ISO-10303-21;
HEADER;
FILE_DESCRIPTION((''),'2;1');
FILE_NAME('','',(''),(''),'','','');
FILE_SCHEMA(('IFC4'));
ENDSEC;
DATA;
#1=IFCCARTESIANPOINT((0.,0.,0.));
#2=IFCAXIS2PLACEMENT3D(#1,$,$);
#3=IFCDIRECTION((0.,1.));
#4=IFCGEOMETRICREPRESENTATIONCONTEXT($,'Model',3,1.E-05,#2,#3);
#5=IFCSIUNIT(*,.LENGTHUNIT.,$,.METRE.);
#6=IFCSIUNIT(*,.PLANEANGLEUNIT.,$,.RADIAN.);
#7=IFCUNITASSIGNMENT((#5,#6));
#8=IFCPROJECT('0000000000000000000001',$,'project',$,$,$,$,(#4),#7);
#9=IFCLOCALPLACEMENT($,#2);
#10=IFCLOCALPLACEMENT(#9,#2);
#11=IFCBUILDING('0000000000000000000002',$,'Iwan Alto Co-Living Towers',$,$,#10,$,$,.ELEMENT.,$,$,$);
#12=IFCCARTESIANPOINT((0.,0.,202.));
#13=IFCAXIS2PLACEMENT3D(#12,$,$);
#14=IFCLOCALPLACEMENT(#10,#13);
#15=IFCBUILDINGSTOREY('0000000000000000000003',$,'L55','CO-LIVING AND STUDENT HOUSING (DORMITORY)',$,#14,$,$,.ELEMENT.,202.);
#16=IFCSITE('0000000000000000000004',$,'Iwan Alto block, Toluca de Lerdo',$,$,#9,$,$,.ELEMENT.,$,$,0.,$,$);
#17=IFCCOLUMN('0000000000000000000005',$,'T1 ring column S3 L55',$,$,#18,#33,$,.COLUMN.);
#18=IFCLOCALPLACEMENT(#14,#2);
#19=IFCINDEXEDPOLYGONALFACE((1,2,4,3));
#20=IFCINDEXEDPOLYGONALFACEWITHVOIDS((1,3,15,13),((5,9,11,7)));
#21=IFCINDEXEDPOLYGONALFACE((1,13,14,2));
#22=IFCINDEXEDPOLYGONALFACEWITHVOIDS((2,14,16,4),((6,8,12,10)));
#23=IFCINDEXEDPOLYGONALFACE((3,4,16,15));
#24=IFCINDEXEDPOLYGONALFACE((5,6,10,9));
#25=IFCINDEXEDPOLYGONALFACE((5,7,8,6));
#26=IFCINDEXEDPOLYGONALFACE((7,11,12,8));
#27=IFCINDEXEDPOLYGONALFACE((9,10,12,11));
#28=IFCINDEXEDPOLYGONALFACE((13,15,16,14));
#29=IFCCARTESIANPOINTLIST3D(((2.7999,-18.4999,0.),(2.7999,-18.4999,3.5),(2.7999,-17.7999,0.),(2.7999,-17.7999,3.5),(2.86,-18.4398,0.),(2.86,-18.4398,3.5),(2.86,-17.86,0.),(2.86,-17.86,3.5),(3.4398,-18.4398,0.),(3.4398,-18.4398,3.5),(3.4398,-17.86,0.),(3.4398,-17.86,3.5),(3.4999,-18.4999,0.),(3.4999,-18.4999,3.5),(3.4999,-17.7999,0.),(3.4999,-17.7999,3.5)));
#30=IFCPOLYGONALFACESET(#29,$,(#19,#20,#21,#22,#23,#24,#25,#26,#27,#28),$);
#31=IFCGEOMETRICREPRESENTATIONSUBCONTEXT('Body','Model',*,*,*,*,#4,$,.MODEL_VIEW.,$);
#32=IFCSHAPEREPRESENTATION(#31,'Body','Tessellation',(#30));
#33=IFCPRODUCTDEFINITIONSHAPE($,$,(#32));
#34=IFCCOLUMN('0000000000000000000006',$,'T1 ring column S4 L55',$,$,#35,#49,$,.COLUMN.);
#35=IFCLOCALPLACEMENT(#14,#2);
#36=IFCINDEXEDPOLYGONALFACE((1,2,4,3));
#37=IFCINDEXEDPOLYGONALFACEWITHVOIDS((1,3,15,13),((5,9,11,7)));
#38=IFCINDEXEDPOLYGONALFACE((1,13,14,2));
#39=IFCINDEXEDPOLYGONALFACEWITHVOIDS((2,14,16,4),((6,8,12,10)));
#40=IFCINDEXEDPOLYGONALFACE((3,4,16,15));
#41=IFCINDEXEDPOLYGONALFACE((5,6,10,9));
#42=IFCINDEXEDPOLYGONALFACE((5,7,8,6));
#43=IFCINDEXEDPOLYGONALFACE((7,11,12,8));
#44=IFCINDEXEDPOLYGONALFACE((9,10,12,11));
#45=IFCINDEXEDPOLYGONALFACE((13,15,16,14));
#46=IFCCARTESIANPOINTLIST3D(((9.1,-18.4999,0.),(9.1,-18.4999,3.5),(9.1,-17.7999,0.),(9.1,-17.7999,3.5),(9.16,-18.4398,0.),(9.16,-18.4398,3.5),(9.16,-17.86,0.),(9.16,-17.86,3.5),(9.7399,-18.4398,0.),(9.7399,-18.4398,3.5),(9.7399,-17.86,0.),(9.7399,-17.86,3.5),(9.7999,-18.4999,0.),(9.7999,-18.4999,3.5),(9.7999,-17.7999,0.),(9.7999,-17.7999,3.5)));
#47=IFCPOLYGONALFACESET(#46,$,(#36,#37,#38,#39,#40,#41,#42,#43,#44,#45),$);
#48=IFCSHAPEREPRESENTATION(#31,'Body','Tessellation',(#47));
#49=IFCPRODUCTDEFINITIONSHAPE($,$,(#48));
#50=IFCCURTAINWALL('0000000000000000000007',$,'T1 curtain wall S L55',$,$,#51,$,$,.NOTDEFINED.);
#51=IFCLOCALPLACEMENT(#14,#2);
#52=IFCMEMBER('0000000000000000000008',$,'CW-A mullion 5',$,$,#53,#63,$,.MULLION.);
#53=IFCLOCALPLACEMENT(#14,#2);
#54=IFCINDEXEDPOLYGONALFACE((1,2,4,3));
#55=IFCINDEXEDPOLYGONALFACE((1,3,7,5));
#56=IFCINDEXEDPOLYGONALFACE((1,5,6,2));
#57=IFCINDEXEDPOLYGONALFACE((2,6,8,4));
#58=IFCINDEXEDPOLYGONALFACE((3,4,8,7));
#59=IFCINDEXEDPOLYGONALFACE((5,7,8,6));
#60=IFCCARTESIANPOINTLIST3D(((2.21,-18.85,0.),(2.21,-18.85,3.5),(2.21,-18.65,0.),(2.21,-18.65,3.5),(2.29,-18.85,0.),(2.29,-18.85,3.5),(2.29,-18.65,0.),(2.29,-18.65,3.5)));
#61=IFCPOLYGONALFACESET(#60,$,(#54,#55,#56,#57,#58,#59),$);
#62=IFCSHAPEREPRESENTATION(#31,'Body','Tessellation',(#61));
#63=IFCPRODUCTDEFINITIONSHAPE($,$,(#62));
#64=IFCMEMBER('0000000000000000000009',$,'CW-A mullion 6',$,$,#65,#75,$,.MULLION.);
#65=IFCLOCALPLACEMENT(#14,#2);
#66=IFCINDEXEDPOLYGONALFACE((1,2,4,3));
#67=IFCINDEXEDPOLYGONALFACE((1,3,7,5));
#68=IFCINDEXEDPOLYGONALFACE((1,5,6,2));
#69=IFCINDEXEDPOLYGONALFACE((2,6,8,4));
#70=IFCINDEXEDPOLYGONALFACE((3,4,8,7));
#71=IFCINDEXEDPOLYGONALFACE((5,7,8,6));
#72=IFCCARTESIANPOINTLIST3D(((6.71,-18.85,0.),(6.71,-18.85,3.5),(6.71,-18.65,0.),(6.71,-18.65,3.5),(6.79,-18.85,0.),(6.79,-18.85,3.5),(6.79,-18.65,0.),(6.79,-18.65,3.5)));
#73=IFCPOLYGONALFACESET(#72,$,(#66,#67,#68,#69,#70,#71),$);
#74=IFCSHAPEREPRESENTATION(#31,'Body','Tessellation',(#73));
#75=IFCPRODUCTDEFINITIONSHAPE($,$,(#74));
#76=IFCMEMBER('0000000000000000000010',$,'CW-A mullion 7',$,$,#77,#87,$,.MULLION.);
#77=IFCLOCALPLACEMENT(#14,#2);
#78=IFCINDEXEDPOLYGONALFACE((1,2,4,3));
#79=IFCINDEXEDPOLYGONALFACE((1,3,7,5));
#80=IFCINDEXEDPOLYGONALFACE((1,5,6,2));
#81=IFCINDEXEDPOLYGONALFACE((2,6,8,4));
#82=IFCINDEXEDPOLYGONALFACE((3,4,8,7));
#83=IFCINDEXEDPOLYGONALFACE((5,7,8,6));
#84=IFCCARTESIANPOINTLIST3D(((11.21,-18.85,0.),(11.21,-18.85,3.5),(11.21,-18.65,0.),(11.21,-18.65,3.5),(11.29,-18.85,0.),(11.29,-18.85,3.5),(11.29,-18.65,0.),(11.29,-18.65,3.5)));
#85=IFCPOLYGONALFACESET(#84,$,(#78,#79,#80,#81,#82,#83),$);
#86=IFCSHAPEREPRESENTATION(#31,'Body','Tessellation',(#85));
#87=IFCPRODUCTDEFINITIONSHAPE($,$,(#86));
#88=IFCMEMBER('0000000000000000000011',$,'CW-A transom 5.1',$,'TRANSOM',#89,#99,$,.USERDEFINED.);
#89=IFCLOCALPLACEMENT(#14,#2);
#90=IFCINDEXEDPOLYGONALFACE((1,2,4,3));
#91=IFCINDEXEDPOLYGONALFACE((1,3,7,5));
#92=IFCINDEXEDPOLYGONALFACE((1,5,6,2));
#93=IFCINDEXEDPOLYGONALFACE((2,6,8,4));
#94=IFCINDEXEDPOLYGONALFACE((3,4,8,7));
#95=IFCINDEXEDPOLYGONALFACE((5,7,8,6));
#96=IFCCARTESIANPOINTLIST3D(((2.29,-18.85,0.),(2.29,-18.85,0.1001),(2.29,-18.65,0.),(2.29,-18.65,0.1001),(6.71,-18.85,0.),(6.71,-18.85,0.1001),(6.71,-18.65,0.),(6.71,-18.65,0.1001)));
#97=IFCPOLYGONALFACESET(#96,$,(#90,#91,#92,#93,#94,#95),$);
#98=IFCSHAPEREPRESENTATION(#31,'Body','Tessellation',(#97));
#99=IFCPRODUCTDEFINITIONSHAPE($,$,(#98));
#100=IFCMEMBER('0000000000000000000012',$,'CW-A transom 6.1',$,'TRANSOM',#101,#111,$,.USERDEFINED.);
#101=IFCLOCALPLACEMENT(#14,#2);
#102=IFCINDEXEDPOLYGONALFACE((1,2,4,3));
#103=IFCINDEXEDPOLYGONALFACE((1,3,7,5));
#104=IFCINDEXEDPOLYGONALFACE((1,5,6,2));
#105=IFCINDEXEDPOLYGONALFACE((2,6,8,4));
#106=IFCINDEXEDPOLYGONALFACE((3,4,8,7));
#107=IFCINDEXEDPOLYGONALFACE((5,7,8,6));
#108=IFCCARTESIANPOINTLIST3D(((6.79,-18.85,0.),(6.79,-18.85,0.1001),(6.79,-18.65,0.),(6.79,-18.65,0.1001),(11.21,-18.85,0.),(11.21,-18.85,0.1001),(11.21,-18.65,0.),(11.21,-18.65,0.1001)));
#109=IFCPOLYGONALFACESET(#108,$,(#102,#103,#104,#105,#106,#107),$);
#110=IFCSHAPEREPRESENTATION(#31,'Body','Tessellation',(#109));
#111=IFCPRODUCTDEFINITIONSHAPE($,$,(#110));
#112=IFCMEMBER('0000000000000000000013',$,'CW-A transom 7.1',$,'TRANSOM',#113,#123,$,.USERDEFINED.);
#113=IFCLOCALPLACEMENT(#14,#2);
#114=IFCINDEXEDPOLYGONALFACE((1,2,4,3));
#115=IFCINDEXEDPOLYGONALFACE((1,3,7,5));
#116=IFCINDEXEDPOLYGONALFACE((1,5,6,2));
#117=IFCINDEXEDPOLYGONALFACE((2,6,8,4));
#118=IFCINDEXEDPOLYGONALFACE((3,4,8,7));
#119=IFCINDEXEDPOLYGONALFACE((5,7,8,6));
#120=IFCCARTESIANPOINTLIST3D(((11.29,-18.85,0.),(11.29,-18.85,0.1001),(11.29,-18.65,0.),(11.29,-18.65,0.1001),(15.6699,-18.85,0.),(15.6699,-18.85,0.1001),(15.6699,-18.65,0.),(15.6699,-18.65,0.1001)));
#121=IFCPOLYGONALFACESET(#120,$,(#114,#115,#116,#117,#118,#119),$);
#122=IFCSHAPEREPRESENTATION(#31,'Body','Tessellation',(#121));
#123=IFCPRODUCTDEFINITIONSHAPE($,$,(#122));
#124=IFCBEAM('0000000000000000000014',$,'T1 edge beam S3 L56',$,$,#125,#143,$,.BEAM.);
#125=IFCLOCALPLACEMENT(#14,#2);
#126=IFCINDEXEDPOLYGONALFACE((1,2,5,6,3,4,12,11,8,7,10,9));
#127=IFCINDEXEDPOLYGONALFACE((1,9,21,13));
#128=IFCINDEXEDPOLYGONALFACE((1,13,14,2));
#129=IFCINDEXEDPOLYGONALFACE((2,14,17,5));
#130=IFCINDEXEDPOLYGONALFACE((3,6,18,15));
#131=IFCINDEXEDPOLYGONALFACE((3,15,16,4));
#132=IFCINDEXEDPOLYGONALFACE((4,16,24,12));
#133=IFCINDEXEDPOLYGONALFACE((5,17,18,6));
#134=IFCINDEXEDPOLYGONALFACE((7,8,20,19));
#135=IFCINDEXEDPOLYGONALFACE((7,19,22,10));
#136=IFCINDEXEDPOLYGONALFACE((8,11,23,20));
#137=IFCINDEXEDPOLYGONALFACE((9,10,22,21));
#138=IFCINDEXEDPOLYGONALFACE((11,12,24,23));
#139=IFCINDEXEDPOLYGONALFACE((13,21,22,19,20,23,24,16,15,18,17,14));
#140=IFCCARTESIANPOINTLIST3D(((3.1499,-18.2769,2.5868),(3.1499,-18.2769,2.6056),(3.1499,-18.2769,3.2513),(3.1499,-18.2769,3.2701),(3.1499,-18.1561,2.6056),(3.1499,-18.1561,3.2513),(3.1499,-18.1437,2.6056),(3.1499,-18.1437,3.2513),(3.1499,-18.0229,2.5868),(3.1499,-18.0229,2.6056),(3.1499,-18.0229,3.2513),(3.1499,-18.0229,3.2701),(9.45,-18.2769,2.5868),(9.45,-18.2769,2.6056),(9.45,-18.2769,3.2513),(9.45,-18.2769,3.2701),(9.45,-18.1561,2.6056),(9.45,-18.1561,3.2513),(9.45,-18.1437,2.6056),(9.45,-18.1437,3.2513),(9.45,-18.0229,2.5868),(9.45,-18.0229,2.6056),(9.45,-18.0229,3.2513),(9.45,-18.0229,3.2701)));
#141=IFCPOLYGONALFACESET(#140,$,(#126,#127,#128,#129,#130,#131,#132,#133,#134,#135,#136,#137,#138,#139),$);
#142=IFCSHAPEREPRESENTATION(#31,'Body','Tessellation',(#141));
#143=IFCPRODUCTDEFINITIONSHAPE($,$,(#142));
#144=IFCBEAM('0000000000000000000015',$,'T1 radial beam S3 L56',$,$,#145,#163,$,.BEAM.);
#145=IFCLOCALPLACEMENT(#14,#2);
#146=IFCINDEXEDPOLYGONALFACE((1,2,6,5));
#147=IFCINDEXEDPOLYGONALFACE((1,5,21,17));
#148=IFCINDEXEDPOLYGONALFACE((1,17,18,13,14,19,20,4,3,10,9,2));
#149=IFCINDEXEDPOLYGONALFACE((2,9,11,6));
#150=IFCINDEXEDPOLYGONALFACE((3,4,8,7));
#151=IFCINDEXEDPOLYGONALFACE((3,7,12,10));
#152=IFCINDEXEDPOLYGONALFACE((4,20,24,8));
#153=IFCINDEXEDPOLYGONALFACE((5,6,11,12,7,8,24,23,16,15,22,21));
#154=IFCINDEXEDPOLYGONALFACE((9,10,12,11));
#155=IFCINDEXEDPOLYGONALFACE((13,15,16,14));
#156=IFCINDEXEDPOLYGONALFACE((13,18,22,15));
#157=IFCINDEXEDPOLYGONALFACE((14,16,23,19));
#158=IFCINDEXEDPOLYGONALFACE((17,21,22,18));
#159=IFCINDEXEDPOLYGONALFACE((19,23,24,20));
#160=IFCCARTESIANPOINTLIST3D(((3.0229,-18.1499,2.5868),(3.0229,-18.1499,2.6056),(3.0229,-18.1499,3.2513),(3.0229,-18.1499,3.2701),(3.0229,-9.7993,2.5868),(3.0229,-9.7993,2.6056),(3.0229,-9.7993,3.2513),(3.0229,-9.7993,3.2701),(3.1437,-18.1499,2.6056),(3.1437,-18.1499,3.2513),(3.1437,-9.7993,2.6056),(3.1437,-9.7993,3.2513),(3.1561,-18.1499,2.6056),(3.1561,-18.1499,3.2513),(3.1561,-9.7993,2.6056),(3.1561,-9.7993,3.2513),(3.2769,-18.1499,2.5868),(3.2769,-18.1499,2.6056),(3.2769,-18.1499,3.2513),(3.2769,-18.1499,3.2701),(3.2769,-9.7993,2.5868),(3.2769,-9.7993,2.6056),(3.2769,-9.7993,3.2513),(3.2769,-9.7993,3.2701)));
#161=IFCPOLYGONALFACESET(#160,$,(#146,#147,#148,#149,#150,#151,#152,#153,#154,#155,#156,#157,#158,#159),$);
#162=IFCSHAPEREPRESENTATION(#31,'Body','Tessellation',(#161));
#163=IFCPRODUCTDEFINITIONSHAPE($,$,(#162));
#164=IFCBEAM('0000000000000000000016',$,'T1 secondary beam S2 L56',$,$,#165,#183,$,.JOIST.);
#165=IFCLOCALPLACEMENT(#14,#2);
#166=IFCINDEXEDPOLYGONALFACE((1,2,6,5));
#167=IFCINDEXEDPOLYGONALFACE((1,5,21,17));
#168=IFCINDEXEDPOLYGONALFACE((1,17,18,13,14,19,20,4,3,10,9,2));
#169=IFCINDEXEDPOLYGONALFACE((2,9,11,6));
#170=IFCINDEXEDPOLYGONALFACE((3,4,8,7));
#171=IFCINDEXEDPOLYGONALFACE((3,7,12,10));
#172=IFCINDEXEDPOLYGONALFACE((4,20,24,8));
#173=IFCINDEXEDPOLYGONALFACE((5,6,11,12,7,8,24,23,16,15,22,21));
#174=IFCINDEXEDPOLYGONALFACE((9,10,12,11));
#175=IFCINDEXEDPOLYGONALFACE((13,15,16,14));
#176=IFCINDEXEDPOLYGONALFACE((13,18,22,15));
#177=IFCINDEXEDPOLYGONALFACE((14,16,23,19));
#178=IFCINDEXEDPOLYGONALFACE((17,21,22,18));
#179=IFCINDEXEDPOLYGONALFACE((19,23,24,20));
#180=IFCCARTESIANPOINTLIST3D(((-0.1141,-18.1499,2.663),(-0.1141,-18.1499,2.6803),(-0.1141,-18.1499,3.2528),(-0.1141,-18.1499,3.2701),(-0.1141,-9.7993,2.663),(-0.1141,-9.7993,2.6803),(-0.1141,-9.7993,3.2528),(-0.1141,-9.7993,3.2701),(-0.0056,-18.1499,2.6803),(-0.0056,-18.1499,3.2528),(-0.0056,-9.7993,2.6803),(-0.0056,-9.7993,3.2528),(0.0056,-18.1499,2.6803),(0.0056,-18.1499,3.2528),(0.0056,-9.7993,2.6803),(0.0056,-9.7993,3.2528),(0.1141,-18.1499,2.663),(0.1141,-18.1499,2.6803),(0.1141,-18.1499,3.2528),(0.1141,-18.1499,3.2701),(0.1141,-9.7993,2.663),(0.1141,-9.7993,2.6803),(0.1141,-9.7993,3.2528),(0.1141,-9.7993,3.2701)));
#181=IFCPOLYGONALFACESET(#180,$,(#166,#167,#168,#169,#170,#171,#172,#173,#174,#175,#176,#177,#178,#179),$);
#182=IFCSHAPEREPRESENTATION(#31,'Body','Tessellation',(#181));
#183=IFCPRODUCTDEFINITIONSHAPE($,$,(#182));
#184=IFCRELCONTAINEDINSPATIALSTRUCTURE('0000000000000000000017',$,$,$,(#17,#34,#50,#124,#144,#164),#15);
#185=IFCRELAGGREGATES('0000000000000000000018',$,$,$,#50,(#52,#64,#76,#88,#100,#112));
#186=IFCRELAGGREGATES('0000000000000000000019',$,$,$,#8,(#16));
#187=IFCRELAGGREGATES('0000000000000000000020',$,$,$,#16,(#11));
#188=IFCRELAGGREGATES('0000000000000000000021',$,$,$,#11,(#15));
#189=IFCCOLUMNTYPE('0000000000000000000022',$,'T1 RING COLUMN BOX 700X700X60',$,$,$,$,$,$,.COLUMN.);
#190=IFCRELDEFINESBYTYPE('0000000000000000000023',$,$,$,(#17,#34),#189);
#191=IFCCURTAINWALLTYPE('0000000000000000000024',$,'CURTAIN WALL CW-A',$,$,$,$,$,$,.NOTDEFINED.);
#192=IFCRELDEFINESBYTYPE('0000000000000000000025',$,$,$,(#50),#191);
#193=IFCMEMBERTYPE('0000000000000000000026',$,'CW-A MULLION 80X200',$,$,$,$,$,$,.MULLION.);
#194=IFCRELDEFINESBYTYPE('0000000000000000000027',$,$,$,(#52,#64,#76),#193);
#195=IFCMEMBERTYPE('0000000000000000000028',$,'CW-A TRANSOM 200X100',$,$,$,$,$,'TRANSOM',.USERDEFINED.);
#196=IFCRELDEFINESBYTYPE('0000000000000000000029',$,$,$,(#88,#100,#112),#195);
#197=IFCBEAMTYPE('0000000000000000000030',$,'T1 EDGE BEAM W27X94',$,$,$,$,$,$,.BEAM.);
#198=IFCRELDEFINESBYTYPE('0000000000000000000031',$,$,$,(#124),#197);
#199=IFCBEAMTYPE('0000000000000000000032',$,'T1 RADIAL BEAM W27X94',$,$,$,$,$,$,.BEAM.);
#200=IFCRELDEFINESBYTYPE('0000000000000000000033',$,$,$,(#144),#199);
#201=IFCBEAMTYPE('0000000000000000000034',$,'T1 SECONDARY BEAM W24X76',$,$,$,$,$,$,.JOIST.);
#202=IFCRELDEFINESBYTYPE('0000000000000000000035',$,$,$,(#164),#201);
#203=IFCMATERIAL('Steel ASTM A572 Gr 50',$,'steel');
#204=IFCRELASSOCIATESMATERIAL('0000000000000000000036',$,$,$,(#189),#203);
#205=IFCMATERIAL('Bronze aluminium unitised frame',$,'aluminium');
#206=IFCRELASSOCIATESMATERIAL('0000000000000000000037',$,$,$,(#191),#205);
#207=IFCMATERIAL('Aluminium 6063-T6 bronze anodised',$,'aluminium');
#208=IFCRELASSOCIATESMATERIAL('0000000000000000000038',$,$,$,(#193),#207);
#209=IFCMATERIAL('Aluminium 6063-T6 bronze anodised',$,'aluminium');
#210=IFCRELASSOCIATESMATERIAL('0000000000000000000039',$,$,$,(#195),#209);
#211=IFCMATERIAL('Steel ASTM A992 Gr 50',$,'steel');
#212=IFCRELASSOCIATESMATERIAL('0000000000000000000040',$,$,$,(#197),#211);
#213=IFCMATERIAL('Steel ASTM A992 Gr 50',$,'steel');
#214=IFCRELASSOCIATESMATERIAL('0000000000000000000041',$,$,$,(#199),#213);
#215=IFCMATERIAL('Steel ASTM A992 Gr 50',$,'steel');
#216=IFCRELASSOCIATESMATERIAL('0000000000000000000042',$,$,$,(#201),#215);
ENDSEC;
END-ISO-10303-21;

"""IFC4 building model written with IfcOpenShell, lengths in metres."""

from ifc_helpers import new_model, si_unit, direction, frame, origin, origin_2d, place, context, subcontext, project, spatial, rectangle, hollow_rectangle, i_section, extrude, material, material_profile, profile_set, type_object, element, aggregate, save


model = new_model("IFC4")

# Units and contexts
model_context = context("Model", 3, precision=1e-05, world=origin(), true_north=direction((0.0, 1.0)))
body_context = subcontext(model_context, "Body", "Model", "MODEL_VIEW")
ifc_project = project(units=[si_unit("LENGTHUNIT", "METRE"), si_unit("PLANEANGLEUNIT", "RADIAN")], contexts=[model_context])

# Site, building, storey
site_placement = place(None, origin())
site = spatial("IfcSite", under=ifc_project, at=site_placement, Name="Iwan Alto block, Toluca de Lerdo", CompositionType="ELEMENT", RefElevation=0.0)
building_placement = place(site_placement, origin())
building = spatial("IfcBuilding", under=site, at=building_placement, Name="Iwan Alto Co-Living Towers", CompositionType="ELEMENT")
storey_placement = place(building_placement, frame((0.0, 0.0, 202.0)))
storey = spatial("IfcBuildingStorey", under=building, at=storey_placement, Name="L55", Description="CO-LIVING AND STUDENT HOUSING (DORMITORY)", CompositionType="ELEMENT", Elevation=202.0)

# Columns
ifc_material_1 = material(Name="Steel ASTM A572 Gr 50", Category="steel")
ifc_material_profile_1 = material_profile(ifc_material_1, hollow_rectangle(XDim=0.7, YDim=0.7, WallThickness=0.0601, at=origin_2d()), Name="BOX 700X700X60")
ifc_profile_set_1 = profile_set([ifc_material_profile_1], Name="Steel ASTM A572 Gr 50")
column_type = type_object("IfcColumnType", Name="T1 RING COLUMN BOX 700X700X60", PredefinedType="COLUMN", material=ifc_profile_set_1)
for number, where, z_axis, x_axis, name in (
    (1, (3.1499, -18.1499, 0.0), (0.0, 0.0, 1.0), (1.0, 0.0, 0.0), "T1 ring column S3 L55"),
    (2, (9.45, -18.1499, 0.0), (0.0, 0.0, 1.0), (1.0, 0.0, 0.0), "T1 ring column S4 L55"),
):
    element("IfcColumn", number, at=place(storey_placement, frame(where, z_axis=z_axis, x_axis=x_axis)), inside=storey, type_object=column_type, Name=name, PredefinedType="COLUMN", context=body_context, shape_type="SweptSolid", body=[
        extrude(hollow_rectangle(XDim=0.7, YDim=0.7, WallThickness=0.0601, at=origin_2d()), origin(), (0.0, 0.0, 1.0), 3.5),
    ])

# Curtain wall, members
ifc_material_2 = material(Name="Bronze aluminium unitised frame", Category="aluminium")
curtain_wall_type = type_object("IfcCurtainWallType", Name="CURTAIN WALL CW-A", PredefinedType="NOTDEFINED", material=ifc_material_2)
curtain_wall_placement = place(storey_placement, origin())
curtain_wall = element("IfcCurtainWall", 3, at=curtain_wall_placement, inside=storey, type_object=curtain_wall_type, Name="T1 curtain wall S L55", PredefinedType="NOTDEFINED")
ifc_material_3 = material(Name="Aluminium 6063-T6 bronze anodised", Category="aluminium")
ifc_material_profile_2 = material_profile(ifc_material_3, rectangle(XDim=0.2, YDim=0.0801, at=origin_2d()), Name="AL 80X200")
ifc_profile_set_2 = profile_set([ifc_material_profile_2], Name="Aluminium 6063-T6 bronze anodised")
member_type_1 = type_object("IfcMemberType", Name="CW-A MULLION 80X200", PredefinedType="MULLION", material=ifc_profile_set_2)
member_1_placement = place(storey_placement, frame((2.25, -18.75, 0.0), z_axis=(0.0, 0.0, 1.0), x_axis=(0.0, 1.0, 0.0)))
member_1 = element("IfcMember", 4, at=member_1_placement, type_object=member_type_1, Name="CW-A mullion 5", PredefinedType="MULLION", context=body_context, shape_type="SweptSolid", body=[
    extrude(rectangle(XDim=0.2, YDim=0.0801, at=origin_2d()), origin(), (0.0, 0.0, 1.0), 3.5),
])
member_2_placement = place(storey_placement, frame((6.75, -18.75, 0.0), z_axis=(0.0, 0.0, 1.0), x_axis=(0.0, 1.0, 0.0)))
member_2 = element("IfcMember", 5, at=member_2_placement, type_object=member_type_1, Name="CW-A mullion 6", PredefinedType="MULLION", context=body_context, shape_type="SweptSolid", body=[
    extrude(rectangle(XDim=0.2, YDim=0.0801, at=origin_2d()), origin(), (0.0, 0.0, 1.0), 3.5),
])
member_3_placement = place(storey_placement, frame((11.25, -18.75, 0.0), z_axis=(0.0, 0.0, 1.0), x_axis=(0.0, 1.0, 0.0)))
member_3 = element("IfcMember", 6, at=member_3_placement, type_object=member_type_1, Name="CW-A mullion 7", PredefinedType="MULLION", context=body_context, shape_type="SweptSolid", body=[
    extrude(rectangle(XDim=0.2, YDim=0.0801, at=origin_2d()), origin(), (0.0, 0.0, 1.0), 3.5),
])
ifc_material_4 = material(Name="Aluminium 6063-T6 bronze anodised", Category="aluminium")
ifc_material_profile_3 = material_profile(ifc_material_4, rectangle(XDim=0.2, YDim=0.1001, at=origin_2d()), Name="AL 200X100")
ifc_profile_set_3 = profile_set([ifc_material_profile_3], Name="Aluminium 6063-T6 bronze anodised")
member_type_2 = type_object("IfcMemberType", Name="CW-A TRANSOM 200X100", ElementType="TRANSOM", PredefinedType="USERDEFINED", material=ifc_profile_set_3)
member_4_placement = place(storey_placement, frame((2.29, -18.75, 0.05), z_axis=(1.0, 0.0, 0.0), x_axis=(0.0, 1.0, 0.0)))
member_4 = element("IfcMember", 7, at=member_4_placement, type_object=member_type_2, Name="CW-A transom 5.1", ObjectType="TRANSOM", PredefinedType="USERDEFINED", context=body_context, shape_type="SweptSolid", body=[
    extrude(rectangle(XDim=0.2, YDim=0.1001, at=origin_2d()), origin(), (0.0, 0.0, 1.0), 4.4199),
])
member_5_placement = place(storey_placement, frame((6.79, -18.75, 0.05), z_axis=(1.0, 0.0, 0.0), x_axis=(0.0, 1.0, 0.0)))
member_5 = element("IfcMember", 8, at=member_5_placement, type_object=member_type_2, Name="CW-A transom 6.1", ObjectType="TRANSOM", PredefinedType="USERDEFINED", context=body_context, shape_type="SweptSolid", body=[
    extrude(rectangle(XDim=0.2, YDim=0.1001, at=origin_2d()), origin(), (0.0, 0.0, 1.0), 4.4199),
])
member_6_placement = place(storey_placement, frame((11.29, -18.75, 0.05), z_axis=(1.0, 0.0, 0.0), x_axis=(0.0, 1.0, 0.0)))
member_6 = element("IfcMember", 9, at=member_6_placement, type_object=member_type_2, Name="CW-A transom 7.1", ObjectType="TRANSOM", PredefinedType="USERDEFINED", context=body_context, shape_type="SweptSolid", body=[
    extrude(rectangle(XDim=0.2, YDim=0.1001, at=origin_2d()), origin(), (0.0, 0.0, 1.0), 4.3799),
])

# Beams
ifc_material_5 = material(Name="Steel ASTM A992 Gr 50", Category="steel")
ifc_material_profile_4 = material_profile(ifc_material_5, i_section(OverallWidth=0.2539, OverallDepth=0.6833, WebThickness=0.0125, FlangeThickness=0.0188, at=origin_2d()), Name="W27X94")
ifc_profile_set_4 = profile_set([ifc_material_profile_4], Name="Steel ASTM A992 Gr 50")
beam_type_1 = type_object("IfcBeamType", Name="T1 EDGE BEAM W27X94", PredefinedType="BEAM", material=ifc_profile_set_4)
beam_1_placement = place(storey_placement, frame((3.1499, -18.1499, 2.9285), z_axis=(1.0, 0.0, 0.0), x_axis=(0.0, 1.0, 0.0)))
element("IfcBeam", 10, at=beam_1_placement, inside=storey, type_object=beam_type_1, Name="T1 edge beam S3 L56", PredefinedType="BEAM", context=body_context, shape_type="SweptSolid", body=[
    extrude(i_section(OverallWidth=0.2539, OverallDepth=0.6833, WebThickness=0.0125, FlangeThickness=0.0188, at=origin_2d()), origin(), (0.0, 0.0, 1.0), 6.3),
])
ifc_material_6 = material(Name="Steel ASTM A992 Gr 50", Category="steel")
ifc_material_profile_5 = material_profile(ifc_material_6, i_section(OverallWidth=0.2539, OverallDepth=0.6833, WebThickness=0.0125, FlangeThickness=0.0188, at=origin_2d()), Name="W27X94")
ifc_profile_set_5 = profile_set([ifc_material_profile_5], Name="Steel ASTM A992 Gr 50")
beam_type_2 = type_object("IfcBeamType", Name="T1 RADIAL BEAM W27X94", PredefinedType="BEAM", material=ifc_profile_set_5)
beam_2_placement = place(storey_placement, frame((3.1499, -18.1499, 2.9285), z_axis=(0.0, 1.0, 0.0), x_axis=(-1.0, 0.0, 0.0)))
element("IfcBeam", 11, at=beam_2_placement, inside=storey, type_object=beam_type_2, Name="T1 radial beam S3 L56", PredefinedType="BEAM", context=body_context, shape_type="SweptSolid", body=[
    extrude(i_section(OverallWidth=0.2539, OverallDepth=0.6833, WebThickness=0.0125, FlangeThickness=0.0188, at=origin_2d()), origin(), (0.0, 0.0, 1.0), 8.3506),
])
ifc_material_7 = material(Name="Steel ASTM A992 Gr 50", Category="steel")
ifc_material_profile_6 = material_profile(ifc_material_7, i_section(OverallWidth=0.2283, OverallDepth=0.6072, WebThickness=0.0112, FlangeThickness=0.0173, at=origin_2d()), Name="W24X76")
ifc_profile_set_6 = profile_set([ifc_material_profile_6], Name="Steel ASTM A992 Gr 50")
beam_type_3 = type_object("IfcBeamType", Name="T1 SECONDARY BEAM W24X76", PredefinedType="JOIST", material=ifc_profile_set_6)
for number, where, z_axis, x_axis, name in (
    (12, (0.0, -18.1499, 2.9666), (0.0, 1.0, 0.0), (-1.0, 0.0, 0.0), "T1 secondary beam S2 L56"),
):
    element("IfcBeam", number, at=place(storey_placement, frame(where, z_axis=z_axis, x_axis=x_axis)), inside=storey, type_object=beam_type_3, Name=name, PredefinedType="JOIST", context=body_context, shape_type="SweptSolid", body=[
        extrude(i_section(OverallWidth=0.2283, OverallDepth=0.6072, WebThickness=0.0112, FlangeThickness=0.0173, at=origin_2d()), origin(), (0.0, 0.0, 1.0), 8.3506),
    ])

aggregate(curtain_wall, [member_1, member_2, member_3, member_4, member_5, member_6])

save(model, "model.ifc")
